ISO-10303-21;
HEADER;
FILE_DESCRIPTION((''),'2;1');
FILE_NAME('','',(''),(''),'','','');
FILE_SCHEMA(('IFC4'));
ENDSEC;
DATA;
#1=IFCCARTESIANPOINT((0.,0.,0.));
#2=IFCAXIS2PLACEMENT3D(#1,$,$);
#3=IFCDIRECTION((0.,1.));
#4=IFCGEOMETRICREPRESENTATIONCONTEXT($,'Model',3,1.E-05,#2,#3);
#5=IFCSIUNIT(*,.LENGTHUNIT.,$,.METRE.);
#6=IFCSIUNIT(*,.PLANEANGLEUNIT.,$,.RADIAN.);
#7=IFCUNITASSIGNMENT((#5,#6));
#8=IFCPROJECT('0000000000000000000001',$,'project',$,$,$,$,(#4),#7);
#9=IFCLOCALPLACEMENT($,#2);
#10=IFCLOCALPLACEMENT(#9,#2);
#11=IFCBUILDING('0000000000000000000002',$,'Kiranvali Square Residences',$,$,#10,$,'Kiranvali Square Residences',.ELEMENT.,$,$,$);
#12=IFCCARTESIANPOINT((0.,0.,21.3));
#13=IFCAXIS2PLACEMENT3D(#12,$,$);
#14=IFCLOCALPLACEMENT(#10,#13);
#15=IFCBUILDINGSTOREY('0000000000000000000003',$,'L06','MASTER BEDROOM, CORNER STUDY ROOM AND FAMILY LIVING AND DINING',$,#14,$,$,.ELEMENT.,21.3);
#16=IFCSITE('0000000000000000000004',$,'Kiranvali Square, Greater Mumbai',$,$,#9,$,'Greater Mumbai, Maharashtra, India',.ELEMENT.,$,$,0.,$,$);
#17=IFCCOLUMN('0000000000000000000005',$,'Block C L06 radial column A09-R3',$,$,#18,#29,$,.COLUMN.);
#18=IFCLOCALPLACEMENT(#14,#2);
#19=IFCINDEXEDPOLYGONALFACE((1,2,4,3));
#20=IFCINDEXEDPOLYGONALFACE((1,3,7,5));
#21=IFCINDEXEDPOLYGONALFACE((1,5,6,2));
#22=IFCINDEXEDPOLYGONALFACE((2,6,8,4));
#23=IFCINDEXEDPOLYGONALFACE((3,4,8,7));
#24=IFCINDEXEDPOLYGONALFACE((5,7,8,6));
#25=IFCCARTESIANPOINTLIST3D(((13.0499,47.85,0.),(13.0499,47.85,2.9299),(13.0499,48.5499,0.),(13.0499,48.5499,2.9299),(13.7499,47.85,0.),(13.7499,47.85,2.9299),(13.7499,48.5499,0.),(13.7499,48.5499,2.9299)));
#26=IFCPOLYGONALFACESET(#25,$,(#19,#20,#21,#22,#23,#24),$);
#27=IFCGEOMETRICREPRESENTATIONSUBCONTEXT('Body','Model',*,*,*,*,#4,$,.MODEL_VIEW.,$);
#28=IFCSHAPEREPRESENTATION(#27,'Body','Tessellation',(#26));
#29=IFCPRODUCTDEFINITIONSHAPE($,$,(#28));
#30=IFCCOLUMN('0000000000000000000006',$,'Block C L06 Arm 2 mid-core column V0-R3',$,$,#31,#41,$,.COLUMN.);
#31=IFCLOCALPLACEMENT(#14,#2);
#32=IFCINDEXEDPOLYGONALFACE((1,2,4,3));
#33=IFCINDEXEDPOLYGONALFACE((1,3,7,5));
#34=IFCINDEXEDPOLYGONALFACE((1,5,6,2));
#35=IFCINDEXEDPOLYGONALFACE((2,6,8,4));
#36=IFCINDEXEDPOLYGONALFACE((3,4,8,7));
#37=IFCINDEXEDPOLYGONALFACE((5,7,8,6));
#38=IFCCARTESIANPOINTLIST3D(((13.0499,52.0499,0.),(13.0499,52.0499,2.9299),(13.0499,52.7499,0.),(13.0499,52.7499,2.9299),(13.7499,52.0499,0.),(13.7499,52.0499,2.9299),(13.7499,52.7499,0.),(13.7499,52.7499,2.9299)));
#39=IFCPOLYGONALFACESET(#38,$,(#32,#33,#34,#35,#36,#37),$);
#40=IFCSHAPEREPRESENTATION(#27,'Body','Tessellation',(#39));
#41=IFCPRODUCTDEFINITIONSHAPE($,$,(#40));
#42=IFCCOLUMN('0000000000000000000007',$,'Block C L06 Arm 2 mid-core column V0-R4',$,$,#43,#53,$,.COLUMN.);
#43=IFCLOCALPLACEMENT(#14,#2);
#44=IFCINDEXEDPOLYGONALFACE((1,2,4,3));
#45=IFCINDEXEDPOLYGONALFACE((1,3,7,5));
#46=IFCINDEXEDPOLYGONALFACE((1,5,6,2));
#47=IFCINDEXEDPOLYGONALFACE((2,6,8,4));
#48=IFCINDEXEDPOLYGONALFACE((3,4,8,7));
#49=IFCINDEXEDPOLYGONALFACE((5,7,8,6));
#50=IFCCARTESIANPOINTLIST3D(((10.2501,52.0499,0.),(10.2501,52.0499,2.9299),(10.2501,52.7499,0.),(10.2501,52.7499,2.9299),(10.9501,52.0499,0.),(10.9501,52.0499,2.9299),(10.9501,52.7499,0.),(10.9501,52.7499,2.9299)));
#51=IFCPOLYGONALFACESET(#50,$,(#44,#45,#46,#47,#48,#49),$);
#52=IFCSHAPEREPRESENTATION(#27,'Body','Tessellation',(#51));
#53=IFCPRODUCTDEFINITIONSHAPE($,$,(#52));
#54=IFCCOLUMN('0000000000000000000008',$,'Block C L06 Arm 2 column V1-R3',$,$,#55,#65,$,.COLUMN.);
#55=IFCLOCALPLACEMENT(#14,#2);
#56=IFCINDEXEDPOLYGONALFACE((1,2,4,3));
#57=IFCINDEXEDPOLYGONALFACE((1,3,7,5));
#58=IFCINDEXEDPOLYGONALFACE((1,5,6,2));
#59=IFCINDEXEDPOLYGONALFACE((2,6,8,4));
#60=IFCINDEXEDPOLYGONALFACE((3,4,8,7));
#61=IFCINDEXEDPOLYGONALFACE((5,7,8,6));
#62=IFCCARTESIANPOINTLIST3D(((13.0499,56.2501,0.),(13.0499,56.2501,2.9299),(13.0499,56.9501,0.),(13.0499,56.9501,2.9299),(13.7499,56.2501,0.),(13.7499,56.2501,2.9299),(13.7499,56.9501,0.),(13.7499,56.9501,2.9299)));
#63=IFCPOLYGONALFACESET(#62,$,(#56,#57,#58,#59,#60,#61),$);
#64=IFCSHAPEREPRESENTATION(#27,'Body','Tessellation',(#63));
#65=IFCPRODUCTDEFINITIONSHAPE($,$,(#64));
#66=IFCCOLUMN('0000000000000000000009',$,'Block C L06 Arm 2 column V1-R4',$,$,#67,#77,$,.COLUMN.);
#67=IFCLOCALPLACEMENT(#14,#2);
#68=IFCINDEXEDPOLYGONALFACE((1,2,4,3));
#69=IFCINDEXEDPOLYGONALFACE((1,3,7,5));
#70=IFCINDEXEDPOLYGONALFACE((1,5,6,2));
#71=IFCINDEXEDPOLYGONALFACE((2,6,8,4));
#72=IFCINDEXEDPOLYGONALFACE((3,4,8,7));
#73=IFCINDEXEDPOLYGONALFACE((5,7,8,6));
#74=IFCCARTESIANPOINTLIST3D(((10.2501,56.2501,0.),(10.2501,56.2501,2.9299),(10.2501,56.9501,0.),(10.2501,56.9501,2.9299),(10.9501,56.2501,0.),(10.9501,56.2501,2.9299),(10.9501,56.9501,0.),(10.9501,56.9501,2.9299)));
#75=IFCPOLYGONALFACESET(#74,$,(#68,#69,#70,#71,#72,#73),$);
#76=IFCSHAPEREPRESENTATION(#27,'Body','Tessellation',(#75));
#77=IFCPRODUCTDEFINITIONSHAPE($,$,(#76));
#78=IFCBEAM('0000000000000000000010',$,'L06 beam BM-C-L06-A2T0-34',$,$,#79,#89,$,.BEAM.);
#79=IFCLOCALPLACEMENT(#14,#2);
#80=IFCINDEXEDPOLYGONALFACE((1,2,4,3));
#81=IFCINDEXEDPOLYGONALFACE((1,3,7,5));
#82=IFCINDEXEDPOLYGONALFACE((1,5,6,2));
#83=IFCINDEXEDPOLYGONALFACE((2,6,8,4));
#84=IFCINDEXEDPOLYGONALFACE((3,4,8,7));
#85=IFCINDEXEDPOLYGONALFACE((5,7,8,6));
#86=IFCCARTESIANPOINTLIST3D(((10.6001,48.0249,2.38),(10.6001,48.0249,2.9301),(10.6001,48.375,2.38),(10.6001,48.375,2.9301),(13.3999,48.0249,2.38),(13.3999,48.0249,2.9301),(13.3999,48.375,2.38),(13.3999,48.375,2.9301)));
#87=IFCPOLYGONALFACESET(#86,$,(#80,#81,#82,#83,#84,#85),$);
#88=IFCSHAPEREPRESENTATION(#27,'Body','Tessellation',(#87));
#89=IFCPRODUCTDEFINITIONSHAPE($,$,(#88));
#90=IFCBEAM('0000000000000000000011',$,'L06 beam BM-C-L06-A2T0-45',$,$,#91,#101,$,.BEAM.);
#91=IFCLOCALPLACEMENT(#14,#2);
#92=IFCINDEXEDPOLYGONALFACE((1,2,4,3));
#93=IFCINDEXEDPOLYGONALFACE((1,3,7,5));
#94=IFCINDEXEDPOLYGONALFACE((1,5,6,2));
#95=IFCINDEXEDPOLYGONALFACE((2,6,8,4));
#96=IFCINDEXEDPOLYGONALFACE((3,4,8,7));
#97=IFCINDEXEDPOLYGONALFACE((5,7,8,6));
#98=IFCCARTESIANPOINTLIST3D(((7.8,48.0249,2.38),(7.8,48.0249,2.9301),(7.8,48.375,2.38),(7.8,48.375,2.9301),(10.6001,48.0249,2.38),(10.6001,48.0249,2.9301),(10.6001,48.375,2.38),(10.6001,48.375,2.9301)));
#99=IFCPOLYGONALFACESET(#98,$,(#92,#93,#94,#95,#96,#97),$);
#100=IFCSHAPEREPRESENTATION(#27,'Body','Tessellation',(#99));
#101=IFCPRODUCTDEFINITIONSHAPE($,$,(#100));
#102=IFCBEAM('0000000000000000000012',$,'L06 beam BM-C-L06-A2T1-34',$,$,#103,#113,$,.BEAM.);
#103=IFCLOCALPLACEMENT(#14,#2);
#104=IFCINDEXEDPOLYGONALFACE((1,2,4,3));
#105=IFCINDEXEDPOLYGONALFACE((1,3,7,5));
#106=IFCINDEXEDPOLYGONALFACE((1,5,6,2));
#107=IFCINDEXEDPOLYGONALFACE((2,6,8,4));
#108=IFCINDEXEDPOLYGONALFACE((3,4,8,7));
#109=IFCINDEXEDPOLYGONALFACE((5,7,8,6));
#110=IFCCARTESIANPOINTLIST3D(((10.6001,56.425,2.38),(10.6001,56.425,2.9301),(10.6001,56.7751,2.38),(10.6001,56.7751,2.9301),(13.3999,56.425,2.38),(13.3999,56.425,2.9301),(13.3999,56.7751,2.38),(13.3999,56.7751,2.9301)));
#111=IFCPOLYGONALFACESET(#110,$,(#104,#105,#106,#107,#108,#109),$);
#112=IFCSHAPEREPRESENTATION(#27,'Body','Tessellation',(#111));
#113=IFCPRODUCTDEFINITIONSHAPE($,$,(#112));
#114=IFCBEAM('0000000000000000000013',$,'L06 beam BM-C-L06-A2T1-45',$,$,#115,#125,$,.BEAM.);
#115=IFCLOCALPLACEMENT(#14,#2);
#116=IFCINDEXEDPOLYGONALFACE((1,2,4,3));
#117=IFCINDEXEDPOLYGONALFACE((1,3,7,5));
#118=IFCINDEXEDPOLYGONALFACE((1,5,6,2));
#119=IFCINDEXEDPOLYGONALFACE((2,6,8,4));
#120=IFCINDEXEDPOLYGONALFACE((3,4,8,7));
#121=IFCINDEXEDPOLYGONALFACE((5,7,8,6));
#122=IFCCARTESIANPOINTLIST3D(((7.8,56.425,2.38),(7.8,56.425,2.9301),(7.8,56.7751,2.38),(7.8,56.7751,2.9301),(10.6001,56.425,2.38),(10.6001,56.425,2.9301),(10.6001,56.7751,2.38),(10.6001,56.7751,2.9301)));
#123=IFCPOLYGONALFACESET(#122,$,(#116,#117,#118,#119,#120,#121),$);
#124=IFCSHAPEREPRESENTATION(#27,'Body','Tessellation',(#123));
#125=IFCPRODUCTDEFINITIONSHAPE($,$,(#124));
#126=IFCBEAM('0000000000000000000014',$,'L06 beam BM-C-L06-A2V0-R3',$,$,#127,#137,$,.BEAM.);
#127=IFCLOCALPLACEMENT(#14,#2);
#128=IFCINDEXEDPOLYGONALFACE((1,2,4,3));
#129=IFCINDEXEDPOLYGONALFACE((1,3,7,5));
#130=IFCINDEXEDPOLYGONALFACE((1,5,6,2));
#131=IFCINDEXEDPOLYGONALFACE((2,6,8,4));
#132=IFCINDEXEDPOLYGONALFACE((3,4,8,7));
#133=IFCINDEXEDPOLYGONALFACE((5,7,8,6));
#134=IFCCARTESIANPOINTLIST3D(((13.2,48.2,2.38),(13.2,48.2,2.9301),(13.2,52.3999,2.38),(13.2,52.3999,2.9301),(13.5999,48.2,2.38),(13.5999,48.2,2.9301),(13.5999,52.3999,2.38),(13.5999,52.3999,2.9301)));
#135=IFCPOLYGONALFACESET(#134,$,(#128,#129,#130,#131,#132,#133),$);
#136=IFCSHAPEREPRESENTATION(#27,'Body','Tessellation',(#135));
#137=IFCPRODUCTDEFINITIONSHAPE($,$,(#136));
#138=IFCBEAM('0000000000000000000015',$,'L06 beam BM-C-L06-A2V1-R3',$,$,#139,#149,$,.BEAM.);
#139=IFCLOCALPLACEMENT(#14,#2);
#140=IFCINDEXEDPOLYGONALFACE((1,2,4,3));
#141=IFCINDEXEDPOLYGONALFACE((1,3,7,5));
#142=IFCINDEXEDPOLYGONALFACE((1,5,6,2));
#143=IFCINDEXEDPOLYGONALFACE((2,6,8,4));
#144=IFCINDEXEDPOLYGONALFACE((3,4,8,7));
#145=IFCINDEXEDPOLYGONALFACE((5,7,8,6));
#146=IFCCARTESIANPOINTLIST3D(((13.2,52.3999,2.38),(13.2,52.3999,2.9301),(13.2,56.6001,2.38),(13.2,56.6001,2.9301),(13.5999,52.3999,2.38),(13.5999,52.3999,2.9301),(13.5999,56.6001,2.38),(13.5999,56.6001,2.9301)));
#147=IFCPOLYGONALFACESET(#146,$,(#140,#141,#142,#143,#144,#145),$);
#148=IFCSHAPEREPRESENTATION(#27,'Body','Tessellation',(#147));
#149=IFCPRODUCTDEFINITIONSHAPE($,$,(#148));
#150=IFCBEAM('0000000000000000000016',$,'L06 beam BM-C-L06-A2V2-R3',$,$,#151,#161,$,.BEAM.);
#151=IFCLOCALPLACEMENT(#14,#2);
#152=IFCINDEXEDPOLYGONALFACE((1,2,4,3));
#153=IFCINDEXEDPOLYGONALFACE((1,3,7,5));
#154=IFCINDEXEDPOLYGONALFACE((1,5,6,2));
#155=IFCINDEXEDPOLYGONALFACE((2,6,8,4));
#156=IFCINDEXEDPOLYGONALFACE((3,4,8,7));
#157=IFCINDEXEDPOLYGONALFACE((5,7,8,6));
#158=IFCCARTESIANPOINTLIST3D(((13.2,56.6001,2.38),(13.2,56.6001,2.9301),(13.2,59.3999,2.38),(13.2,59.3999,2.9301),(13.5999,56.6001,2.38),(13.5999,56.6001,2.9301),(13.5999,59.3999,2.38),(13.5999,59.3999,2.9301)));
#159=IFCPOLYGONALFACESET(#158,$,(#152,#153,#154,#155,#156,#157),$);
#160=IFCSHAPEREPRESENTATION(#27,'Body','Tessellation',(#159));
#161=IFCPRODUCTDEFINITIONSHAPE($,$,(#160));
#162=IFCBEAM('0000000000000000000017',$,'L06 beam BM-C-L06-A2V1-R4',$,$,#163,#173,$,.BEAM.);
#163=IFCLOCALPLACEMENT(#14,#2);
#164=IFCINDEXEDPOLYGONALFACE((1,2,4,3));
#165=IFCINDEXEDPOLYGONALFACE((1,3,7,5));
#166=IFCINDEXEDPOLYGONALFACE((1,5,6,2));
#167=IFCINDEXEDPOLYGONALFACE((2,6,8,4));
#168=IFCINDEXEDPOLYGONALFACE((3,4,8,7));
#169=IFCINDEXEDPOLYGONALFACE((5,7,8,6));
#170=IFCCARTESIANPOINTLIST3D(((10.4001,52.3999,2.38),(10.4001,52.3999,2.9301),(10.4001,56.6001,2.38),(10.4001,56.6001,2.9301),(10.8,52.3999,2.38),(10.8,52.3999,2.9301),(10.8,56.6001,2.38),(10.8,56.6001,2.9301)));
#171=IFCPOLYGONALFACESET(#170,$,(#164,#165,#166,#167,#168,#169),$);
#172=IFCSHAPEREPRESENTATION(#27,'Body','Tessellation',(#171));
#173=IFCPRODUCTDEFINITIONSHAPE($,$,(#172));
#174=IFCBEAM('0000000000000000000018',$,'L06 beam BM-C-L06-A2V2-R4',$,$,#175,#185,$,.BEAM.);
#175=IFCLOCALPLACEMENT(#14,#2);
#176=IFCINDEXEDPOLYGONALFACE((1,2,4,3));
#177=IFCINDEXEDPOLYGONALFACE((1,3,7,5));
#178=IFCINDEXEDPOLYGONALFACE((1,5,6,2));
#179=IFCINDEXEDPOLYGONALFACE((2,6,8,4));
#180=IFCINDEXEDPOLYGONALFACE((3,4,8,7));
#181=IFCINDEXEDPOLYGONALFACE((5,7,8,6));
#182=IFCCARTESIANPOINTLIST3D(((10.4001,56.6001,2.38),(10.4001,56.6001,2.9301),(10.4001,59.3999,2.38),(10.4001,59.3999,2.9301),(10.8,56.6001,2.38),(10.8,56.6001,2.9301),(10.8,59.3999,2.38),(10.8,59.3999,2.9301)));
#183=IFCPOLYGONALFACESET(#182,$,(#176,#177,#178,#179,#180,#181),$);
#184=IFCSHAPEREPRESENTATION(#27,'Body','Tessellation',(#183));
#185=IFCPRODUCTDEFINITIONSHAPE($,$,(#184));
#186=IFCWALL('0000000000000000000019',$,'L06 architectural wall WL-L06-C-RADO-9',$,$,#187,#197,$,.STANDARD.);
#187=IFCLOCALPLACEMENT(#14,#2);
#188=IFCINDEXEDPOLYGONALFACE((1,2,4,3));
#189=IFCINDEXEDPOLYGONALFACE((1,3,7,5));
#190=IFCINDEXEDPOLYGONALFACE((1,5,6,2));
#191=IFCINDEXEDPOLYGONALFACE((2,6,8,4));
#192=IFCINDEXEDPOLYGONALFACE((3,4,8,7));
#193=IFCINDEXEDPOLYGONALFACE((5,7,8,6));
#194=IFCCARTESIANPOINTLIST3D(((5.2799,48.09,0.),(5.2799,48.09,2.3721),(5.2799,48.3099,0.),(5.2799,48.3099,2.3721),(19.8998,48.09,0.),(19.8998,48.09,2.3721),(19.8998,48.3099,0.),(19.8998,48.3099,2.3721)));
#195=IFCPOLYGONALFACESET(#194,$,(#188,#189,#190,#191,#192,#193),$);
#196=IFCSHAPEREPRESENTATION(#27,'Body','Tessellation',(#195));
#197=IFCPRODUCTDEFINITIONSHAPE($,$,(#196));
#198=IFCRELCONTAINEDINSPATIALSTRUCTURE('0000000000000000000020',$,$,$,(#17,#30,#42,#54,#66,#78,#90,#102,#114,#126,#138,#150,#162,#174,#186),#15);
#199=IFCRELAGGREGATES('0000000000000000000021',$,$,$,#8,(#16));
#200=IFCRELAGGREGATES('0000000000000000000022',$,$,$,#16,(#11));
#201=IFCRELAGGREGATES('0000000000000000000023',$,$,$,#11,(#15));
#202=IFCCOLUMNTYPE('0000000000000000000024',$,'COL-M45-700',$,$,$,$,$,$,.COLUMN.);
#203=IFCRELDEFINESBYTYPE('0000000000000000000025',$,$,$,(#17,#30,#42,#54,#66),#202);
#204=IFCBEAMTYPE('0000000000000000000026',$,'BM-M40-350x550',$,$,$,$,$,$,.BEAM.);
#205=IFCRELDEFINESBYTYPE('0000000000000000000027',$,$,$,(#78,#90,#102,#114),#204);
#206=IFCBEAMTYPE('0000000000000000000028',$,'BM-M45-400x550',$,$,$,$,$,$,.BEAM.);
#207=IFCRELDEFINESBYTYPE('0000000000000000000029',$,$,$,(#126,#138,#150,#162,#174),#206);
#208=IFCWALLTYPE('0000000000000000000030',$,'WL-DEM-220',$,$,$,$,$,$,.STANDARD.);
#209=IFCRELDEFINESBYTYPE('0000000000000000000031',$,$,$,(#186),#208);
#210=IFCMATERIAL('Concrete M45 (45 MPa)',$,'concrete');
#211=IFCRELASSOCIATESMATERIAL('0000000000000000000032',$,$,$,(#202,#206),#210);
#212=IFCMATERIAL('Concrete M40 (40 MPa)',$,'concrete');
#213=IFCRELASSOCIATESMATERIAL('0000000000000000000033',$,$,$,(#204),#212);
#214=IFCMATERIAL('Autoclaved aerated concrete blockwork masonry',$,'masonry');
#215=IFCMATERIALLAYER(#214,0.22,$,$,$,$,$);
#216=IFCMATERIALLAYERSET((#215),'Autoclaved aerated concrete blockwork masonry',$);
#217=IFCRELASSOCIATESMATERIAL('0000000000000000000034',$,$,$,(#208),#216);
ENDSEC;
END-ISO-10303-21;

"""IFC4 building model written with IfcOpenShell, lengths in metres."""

from ifc_helpers import new_model, si_unit, direction, frame, frame_2d, origin, origin_2d, place, context, subcontext, project, spatial, rectangle, extrude, material, layer, layer_set, material_profile, profile_set, type_object, element, save


model = new_model("IFC4")

# Units and contexts
model_context = context("Model", 3, precision=1e-05, world=origin(), true_north=direction((0.0, 1.0)))
body_context = subcontext(model_context, "Body", "Model", "MODEL_VIEW")
ifc_project = project(units=[si_unit("LENGTHUNIT", "METRE"), si_unit("PLANEANGLEUNIT", "RADIAN")], contexts=[model_context])

# Site, building, storey
site_placement = place(None, origin())
site = spatial("IfcSite", under=ifc_project, at=site_placement, Name="Kiranvali Square, Greater Mumbai", LongName="Greater Mumbai, Maharashtra, India", CompositionType="ELEMENT", RefElevation=0.0)
building_placement = place(site_placement, origin())
building = spatial("IfcBuilding", under=site, at=building_placement, Name="Kiranvali Square Residences", LongName="Kiranvali Square Residences", CompositionType="ELEMENT")
storey_placement = place(building_placement, frame((0.0, 0.0, 21.3)))
storey = spatial("IfcBuildingStorey", under=building, at=storey_placement, Name="L06", Description="MASTER BEDROOM, CORNER STUDY ROOM AND FAMILY LIVING AND DINING", CompositionType="ELEMENT", Elevation=21.3)

# Columns
ifc_material_1 = material(Name="Concrete M45 (45 MPa)", Category="concrete")
ifc_material_profile_1 = material_profile(ifc_material_1, rectangle(XDim=0.7, YDim=0.7, at=origin_2d()), Name="RC 700x700")
ifc_profile_set_1 = profile_set([ifc_material_profile_1], Name="Concrete M45 (45 MPa)")
column_type = type_object("IfcColumnType", Name="COL-M45-700", PredefinedType="COLUMN", material=ifc_profile_set_1)
for number, where, z_axis, x_axis, name in (
    (1, (13.3999, 48.2, 0.0), (0.0, 0.0, 1.0), (0.0, 1.0, 0.0), "Block C L06 radial column A09-R3"),
    (2, (13.3999, 52.3999, 0.0), (0.0, 0.0, 1.0), (1.0, 0.0, 0.0), "Block C L06 Arm 2 mid-core column V0-R3"),
    (3, (10.6001, 52.3999, 0.0), (0.0, 0.0, 1.0), (1.0, 0.0, 0.0), "Block C L06 Arm 2 mid-core column V0-R4"),
    (4, (13.3999, 56.6001, 0.0), (0.0, 0.0, 1.0), (1.0, 0.0, 0.0), "Block C L06 Arm 2 column V1-R3"),
    (5, (10.6001, 56.6001, 0.0), (0.0, 0.0, 1.0), (1.0, 0.0, 0.0), "Block C L06 Arm 2 column V1-R4"),
):
    element("IfcColumn", number, at=place(storey_placement, frame(where, z_axis=z_axis, x_axis=x_axis)), inside=storey, type_object=column_type, Name=name, PredefinedType="COLUMN", context=body_context, shape_type="SweptSolid", body=[
        extrude(rectangle(XDim=0.7, YDim=0.7, at=origin_2d()), origin(), (0.0, 0.0, 1.0), 2.9299),
    ])

# Beams
ifc_material_2 = material(Name="Concrete M40 (40 MPa)", Category="concrete")
ifc_material_profile_2 = material_profile(ifc_material_2, rectangle(XDim=0.3501, YDim=0.55, at=origin_2d()), Name="RC 350x550")
ifc_profile_set_2 = profile_set([ifc_material_profile_2], Name="Concrete M40 (40 MPa)")
beam_type_1 = type_object("IfcBeamType", Name="BM-M40-350x550", PredefinedType="BEAM", material=ifc_profile_set_2)
beam_1_placement = place(storey_placement, frame((13.3999, 48.2, 2.655), z_axis=(-1.0, 0.0, 0.0), x_axis=(0.0, -1.0, 0.0)))
element("IfcBeam", 6, at=beam_1_placement, inside=storey, type_object=beam_type_1, Name="L06 beam BM-C-L06-A2T0-34", PredefinedType="BEAM", context=body_context, shape_type="SweptSolid", body=[
    extrude(rectangle(XDim=0.3501, YDim=0.55, at=origin_2d()), origin(), (0.0, 0.0, 1.0), 2.7998),
])
beam_2_placement = place(storey_placement, frame((10.6001, 48.2, 2.655), z_axis=(-1.0, 0.0, 0.0), x_axis=(0.0, -1.0, 0.0)))
element("IfcBeam", 7, at=beam_2_placement, inside=storey, type_object=beam_type_1, Name="L06 beam BM-C-L06-A2T0-45", PredefinedType="BEAM", context=body_context, shape_type="SweptSolid", body=[
    extrude(rectangle(XDim=0.3501, YDim=0.55, at=origin_2d()), origin(), (0.0, 0.0, 1.0), 2.8),
])
beam_3_placement = place(storey_placement, frame((13.3999, 56.6001, 2.655), z_axis=(-1.0, 0.0, 0.0), x_axis=(0.0, -1.0, 0.0)))
element("IfcBeam", 8, at=beam_3_placement, inside=storey, type_object=beam_type_1, Name="L06 beam BM-C-L06-A2T1-34", PredefinedType="BEAM", context=body_context, shape_type="SweptSolid", body=[
    extrude(rectangle(XDim=0.3501, YDim=0.55, at=origin_2d()), origin(), (0.0, 0.0, 1.0), 2.7998),
])
beam_4_placement = place(storey_placement, frame((10.6001, 56.6001, 2.655), z_axis=(-1.0, 0.0, 0.0), x_axis=(0.0, -1.0, 0.0)))
element("IfcBeam", 9, at=beam_4_placement, inside=storey, type_object=beam_type_1, Name="L06 beam BM-C-L06-A2T1-45", PredefinedType="BEAM", context=body_context, shape_type="SweptSolid", body=[
    extrude(rectangle(XDim=0.3501, YDim=0.55, at=origin_2d()), origin(), (0.0, 0.0, 1.0), 2.8),
])
ifc_material_profile_3 = material_profile(ifc_material_1, rectangle(XDim=0.3999, YDim=0.55, at=origin_2d()), Name="RC 400x550")
ifc_profile_set_3 = profile_set([ifc_material_profile_3], Name="Concrete M45 (45 MPa)")
beam_type_2 = type_object("IfcBeamType", Name="BM-M45-400x550", PredefinedType="BEAM", material=ifc_profile_set_3)
beam_5_placement = place(storey_placement, frame((13.3999, 48.2, 2.655), z_axis=(0.0, 1.0, 0.0), x_axis=(-1.0, 0.0, 0.0)))
element("IfcBeam", 10, at=beam_5_placement, inside=storey, type_object=beam_type_2, Name="L06 beam BM-C-L06-A2V0-R3", PredefinedType="BEAM", context=body_context, shape_type="SweptSolid", body=[
    extrude(rectangle(XDim=0.3999, YDim=0.55, at=origin_2d()), origin(), (0.0, 0.0, 1.0), 4.2),
])
beam_6_placement = place(storey_placement, frame((13.3999, 52.3999, 2.655), z_axis=(0.0, 1.0, 0.0), x_axis=(-1.0, 0.0, 0.0)))
element("IfcBeam", 11, at=beam_6_placement, inside=storey, type_object=beam_type_2, Name="L06 beam BM-C-L06-A2V1-R3", PredefinedType="BEAM", context=body_context, shape_type="SweptSolid", body=[
    extrude(rectangle(XDim=0.3999, YDim=0.55, at=origin_2d()), origin(), (0.0, 0.0, 1.0), 4.2002),
])
beam_7_placement = place(storey_placement, frame((13.3999, 56.6001, 2.655), z_axis=(0.0, 1.0, 0.0), x_axis=(-1.0, 0.0, 0.0)))
element("IfcBeam", 12, at=beam_7_placement, inside=storey, type_object=beam_type_2, Name="L06 beam BM-C-L06-A2V2-R3", PredefinedType="BEAM", context=body_context, shape_type="SweptSolid", body=[
    extrude(rectangle(XDim=0.3999, YDim=0.55, at=origin_2d()), origin(), (0.0, 0.0, 1.0), 2.7998),
])
beam_8_placement = place(storey_placement, frame((10.6001, 52.3999, 2.655), z_axis=(0.0, 1.0, 0.0), x_axis=(-1.0, 0.0, 0.0)))
element("IfcBeam", 13, at=beam_8_placement, inside=storey, type_object=beam_type_2, Name="L06 beam BM-C-L06-A2V1-R4", PredefinedType="BEAM", context=body_context, shape_type="SweptSolid", body=[
    extrude(rectangle(XDim=0.3999, YDim=0.55, at=origin_2d()), origin(), (0.0, 0.0, 1.0), 4.2002),
])
beam_9_placement = place(storey_placement, frame((10.6001, 56.6001, 2.655), z_axis=(0.0, 1.0, 0.0), x_axis=(-1.0, 0.0, 0.0)))
element("IfcBeam", 14, at=beam_9_placement, inside=storey, type_object=beam_type_2, Name="L06 beam BM-C-L06-A2V2-R4", PredefinedType="BEAM", context=body_context, shape_type="SweptSolid", body=[
    extrude(rectangle(XDim=0.3999, YDim=0.55, at=origin_2d()), origin(), (0.0, 0.0, 1.0), 2.7998),
])

# Wall
ifc_material_3 = material(Name="Autoclaved aerated concrete blockwork masonry", Category="masonry")
ifc_layer_1 = layer(ifc_material_3, 0.22)
ifc_layer_set_1 = layer_set([ifc_layer_1], Name="Autoclaved aerated concrete blockwork masonry")
wall_type_1 = type_object("IfcWallType", Name="WL-DEM-220", PredefinedType="STANDARD", material=ifc_layer_set_1)
wall_1_placement = place(storey_placement, frame((19.8999, 48.2, 0.0), z_axis=(0.0, 0.0, 1.0), x_axis=(-1.0, 0.0, 0.0)))
element("IfcWall", 15, at=wall_1_placement, inside=storey, type_object=wall_type_1, Name="L06 architectural wall WL-L06-C-RADO-9", PredefinedType="STANDARD", context=body_context, shape_type="SweptSolid", body=[
    extrude(rectangle(XDim=14.6199, YDim=0.22, at=frame_2d((7.3101, 0.0))), origin(), (0.0, 0.0, 1.0), 2.3721),
])

save(model, "model.ifc")
